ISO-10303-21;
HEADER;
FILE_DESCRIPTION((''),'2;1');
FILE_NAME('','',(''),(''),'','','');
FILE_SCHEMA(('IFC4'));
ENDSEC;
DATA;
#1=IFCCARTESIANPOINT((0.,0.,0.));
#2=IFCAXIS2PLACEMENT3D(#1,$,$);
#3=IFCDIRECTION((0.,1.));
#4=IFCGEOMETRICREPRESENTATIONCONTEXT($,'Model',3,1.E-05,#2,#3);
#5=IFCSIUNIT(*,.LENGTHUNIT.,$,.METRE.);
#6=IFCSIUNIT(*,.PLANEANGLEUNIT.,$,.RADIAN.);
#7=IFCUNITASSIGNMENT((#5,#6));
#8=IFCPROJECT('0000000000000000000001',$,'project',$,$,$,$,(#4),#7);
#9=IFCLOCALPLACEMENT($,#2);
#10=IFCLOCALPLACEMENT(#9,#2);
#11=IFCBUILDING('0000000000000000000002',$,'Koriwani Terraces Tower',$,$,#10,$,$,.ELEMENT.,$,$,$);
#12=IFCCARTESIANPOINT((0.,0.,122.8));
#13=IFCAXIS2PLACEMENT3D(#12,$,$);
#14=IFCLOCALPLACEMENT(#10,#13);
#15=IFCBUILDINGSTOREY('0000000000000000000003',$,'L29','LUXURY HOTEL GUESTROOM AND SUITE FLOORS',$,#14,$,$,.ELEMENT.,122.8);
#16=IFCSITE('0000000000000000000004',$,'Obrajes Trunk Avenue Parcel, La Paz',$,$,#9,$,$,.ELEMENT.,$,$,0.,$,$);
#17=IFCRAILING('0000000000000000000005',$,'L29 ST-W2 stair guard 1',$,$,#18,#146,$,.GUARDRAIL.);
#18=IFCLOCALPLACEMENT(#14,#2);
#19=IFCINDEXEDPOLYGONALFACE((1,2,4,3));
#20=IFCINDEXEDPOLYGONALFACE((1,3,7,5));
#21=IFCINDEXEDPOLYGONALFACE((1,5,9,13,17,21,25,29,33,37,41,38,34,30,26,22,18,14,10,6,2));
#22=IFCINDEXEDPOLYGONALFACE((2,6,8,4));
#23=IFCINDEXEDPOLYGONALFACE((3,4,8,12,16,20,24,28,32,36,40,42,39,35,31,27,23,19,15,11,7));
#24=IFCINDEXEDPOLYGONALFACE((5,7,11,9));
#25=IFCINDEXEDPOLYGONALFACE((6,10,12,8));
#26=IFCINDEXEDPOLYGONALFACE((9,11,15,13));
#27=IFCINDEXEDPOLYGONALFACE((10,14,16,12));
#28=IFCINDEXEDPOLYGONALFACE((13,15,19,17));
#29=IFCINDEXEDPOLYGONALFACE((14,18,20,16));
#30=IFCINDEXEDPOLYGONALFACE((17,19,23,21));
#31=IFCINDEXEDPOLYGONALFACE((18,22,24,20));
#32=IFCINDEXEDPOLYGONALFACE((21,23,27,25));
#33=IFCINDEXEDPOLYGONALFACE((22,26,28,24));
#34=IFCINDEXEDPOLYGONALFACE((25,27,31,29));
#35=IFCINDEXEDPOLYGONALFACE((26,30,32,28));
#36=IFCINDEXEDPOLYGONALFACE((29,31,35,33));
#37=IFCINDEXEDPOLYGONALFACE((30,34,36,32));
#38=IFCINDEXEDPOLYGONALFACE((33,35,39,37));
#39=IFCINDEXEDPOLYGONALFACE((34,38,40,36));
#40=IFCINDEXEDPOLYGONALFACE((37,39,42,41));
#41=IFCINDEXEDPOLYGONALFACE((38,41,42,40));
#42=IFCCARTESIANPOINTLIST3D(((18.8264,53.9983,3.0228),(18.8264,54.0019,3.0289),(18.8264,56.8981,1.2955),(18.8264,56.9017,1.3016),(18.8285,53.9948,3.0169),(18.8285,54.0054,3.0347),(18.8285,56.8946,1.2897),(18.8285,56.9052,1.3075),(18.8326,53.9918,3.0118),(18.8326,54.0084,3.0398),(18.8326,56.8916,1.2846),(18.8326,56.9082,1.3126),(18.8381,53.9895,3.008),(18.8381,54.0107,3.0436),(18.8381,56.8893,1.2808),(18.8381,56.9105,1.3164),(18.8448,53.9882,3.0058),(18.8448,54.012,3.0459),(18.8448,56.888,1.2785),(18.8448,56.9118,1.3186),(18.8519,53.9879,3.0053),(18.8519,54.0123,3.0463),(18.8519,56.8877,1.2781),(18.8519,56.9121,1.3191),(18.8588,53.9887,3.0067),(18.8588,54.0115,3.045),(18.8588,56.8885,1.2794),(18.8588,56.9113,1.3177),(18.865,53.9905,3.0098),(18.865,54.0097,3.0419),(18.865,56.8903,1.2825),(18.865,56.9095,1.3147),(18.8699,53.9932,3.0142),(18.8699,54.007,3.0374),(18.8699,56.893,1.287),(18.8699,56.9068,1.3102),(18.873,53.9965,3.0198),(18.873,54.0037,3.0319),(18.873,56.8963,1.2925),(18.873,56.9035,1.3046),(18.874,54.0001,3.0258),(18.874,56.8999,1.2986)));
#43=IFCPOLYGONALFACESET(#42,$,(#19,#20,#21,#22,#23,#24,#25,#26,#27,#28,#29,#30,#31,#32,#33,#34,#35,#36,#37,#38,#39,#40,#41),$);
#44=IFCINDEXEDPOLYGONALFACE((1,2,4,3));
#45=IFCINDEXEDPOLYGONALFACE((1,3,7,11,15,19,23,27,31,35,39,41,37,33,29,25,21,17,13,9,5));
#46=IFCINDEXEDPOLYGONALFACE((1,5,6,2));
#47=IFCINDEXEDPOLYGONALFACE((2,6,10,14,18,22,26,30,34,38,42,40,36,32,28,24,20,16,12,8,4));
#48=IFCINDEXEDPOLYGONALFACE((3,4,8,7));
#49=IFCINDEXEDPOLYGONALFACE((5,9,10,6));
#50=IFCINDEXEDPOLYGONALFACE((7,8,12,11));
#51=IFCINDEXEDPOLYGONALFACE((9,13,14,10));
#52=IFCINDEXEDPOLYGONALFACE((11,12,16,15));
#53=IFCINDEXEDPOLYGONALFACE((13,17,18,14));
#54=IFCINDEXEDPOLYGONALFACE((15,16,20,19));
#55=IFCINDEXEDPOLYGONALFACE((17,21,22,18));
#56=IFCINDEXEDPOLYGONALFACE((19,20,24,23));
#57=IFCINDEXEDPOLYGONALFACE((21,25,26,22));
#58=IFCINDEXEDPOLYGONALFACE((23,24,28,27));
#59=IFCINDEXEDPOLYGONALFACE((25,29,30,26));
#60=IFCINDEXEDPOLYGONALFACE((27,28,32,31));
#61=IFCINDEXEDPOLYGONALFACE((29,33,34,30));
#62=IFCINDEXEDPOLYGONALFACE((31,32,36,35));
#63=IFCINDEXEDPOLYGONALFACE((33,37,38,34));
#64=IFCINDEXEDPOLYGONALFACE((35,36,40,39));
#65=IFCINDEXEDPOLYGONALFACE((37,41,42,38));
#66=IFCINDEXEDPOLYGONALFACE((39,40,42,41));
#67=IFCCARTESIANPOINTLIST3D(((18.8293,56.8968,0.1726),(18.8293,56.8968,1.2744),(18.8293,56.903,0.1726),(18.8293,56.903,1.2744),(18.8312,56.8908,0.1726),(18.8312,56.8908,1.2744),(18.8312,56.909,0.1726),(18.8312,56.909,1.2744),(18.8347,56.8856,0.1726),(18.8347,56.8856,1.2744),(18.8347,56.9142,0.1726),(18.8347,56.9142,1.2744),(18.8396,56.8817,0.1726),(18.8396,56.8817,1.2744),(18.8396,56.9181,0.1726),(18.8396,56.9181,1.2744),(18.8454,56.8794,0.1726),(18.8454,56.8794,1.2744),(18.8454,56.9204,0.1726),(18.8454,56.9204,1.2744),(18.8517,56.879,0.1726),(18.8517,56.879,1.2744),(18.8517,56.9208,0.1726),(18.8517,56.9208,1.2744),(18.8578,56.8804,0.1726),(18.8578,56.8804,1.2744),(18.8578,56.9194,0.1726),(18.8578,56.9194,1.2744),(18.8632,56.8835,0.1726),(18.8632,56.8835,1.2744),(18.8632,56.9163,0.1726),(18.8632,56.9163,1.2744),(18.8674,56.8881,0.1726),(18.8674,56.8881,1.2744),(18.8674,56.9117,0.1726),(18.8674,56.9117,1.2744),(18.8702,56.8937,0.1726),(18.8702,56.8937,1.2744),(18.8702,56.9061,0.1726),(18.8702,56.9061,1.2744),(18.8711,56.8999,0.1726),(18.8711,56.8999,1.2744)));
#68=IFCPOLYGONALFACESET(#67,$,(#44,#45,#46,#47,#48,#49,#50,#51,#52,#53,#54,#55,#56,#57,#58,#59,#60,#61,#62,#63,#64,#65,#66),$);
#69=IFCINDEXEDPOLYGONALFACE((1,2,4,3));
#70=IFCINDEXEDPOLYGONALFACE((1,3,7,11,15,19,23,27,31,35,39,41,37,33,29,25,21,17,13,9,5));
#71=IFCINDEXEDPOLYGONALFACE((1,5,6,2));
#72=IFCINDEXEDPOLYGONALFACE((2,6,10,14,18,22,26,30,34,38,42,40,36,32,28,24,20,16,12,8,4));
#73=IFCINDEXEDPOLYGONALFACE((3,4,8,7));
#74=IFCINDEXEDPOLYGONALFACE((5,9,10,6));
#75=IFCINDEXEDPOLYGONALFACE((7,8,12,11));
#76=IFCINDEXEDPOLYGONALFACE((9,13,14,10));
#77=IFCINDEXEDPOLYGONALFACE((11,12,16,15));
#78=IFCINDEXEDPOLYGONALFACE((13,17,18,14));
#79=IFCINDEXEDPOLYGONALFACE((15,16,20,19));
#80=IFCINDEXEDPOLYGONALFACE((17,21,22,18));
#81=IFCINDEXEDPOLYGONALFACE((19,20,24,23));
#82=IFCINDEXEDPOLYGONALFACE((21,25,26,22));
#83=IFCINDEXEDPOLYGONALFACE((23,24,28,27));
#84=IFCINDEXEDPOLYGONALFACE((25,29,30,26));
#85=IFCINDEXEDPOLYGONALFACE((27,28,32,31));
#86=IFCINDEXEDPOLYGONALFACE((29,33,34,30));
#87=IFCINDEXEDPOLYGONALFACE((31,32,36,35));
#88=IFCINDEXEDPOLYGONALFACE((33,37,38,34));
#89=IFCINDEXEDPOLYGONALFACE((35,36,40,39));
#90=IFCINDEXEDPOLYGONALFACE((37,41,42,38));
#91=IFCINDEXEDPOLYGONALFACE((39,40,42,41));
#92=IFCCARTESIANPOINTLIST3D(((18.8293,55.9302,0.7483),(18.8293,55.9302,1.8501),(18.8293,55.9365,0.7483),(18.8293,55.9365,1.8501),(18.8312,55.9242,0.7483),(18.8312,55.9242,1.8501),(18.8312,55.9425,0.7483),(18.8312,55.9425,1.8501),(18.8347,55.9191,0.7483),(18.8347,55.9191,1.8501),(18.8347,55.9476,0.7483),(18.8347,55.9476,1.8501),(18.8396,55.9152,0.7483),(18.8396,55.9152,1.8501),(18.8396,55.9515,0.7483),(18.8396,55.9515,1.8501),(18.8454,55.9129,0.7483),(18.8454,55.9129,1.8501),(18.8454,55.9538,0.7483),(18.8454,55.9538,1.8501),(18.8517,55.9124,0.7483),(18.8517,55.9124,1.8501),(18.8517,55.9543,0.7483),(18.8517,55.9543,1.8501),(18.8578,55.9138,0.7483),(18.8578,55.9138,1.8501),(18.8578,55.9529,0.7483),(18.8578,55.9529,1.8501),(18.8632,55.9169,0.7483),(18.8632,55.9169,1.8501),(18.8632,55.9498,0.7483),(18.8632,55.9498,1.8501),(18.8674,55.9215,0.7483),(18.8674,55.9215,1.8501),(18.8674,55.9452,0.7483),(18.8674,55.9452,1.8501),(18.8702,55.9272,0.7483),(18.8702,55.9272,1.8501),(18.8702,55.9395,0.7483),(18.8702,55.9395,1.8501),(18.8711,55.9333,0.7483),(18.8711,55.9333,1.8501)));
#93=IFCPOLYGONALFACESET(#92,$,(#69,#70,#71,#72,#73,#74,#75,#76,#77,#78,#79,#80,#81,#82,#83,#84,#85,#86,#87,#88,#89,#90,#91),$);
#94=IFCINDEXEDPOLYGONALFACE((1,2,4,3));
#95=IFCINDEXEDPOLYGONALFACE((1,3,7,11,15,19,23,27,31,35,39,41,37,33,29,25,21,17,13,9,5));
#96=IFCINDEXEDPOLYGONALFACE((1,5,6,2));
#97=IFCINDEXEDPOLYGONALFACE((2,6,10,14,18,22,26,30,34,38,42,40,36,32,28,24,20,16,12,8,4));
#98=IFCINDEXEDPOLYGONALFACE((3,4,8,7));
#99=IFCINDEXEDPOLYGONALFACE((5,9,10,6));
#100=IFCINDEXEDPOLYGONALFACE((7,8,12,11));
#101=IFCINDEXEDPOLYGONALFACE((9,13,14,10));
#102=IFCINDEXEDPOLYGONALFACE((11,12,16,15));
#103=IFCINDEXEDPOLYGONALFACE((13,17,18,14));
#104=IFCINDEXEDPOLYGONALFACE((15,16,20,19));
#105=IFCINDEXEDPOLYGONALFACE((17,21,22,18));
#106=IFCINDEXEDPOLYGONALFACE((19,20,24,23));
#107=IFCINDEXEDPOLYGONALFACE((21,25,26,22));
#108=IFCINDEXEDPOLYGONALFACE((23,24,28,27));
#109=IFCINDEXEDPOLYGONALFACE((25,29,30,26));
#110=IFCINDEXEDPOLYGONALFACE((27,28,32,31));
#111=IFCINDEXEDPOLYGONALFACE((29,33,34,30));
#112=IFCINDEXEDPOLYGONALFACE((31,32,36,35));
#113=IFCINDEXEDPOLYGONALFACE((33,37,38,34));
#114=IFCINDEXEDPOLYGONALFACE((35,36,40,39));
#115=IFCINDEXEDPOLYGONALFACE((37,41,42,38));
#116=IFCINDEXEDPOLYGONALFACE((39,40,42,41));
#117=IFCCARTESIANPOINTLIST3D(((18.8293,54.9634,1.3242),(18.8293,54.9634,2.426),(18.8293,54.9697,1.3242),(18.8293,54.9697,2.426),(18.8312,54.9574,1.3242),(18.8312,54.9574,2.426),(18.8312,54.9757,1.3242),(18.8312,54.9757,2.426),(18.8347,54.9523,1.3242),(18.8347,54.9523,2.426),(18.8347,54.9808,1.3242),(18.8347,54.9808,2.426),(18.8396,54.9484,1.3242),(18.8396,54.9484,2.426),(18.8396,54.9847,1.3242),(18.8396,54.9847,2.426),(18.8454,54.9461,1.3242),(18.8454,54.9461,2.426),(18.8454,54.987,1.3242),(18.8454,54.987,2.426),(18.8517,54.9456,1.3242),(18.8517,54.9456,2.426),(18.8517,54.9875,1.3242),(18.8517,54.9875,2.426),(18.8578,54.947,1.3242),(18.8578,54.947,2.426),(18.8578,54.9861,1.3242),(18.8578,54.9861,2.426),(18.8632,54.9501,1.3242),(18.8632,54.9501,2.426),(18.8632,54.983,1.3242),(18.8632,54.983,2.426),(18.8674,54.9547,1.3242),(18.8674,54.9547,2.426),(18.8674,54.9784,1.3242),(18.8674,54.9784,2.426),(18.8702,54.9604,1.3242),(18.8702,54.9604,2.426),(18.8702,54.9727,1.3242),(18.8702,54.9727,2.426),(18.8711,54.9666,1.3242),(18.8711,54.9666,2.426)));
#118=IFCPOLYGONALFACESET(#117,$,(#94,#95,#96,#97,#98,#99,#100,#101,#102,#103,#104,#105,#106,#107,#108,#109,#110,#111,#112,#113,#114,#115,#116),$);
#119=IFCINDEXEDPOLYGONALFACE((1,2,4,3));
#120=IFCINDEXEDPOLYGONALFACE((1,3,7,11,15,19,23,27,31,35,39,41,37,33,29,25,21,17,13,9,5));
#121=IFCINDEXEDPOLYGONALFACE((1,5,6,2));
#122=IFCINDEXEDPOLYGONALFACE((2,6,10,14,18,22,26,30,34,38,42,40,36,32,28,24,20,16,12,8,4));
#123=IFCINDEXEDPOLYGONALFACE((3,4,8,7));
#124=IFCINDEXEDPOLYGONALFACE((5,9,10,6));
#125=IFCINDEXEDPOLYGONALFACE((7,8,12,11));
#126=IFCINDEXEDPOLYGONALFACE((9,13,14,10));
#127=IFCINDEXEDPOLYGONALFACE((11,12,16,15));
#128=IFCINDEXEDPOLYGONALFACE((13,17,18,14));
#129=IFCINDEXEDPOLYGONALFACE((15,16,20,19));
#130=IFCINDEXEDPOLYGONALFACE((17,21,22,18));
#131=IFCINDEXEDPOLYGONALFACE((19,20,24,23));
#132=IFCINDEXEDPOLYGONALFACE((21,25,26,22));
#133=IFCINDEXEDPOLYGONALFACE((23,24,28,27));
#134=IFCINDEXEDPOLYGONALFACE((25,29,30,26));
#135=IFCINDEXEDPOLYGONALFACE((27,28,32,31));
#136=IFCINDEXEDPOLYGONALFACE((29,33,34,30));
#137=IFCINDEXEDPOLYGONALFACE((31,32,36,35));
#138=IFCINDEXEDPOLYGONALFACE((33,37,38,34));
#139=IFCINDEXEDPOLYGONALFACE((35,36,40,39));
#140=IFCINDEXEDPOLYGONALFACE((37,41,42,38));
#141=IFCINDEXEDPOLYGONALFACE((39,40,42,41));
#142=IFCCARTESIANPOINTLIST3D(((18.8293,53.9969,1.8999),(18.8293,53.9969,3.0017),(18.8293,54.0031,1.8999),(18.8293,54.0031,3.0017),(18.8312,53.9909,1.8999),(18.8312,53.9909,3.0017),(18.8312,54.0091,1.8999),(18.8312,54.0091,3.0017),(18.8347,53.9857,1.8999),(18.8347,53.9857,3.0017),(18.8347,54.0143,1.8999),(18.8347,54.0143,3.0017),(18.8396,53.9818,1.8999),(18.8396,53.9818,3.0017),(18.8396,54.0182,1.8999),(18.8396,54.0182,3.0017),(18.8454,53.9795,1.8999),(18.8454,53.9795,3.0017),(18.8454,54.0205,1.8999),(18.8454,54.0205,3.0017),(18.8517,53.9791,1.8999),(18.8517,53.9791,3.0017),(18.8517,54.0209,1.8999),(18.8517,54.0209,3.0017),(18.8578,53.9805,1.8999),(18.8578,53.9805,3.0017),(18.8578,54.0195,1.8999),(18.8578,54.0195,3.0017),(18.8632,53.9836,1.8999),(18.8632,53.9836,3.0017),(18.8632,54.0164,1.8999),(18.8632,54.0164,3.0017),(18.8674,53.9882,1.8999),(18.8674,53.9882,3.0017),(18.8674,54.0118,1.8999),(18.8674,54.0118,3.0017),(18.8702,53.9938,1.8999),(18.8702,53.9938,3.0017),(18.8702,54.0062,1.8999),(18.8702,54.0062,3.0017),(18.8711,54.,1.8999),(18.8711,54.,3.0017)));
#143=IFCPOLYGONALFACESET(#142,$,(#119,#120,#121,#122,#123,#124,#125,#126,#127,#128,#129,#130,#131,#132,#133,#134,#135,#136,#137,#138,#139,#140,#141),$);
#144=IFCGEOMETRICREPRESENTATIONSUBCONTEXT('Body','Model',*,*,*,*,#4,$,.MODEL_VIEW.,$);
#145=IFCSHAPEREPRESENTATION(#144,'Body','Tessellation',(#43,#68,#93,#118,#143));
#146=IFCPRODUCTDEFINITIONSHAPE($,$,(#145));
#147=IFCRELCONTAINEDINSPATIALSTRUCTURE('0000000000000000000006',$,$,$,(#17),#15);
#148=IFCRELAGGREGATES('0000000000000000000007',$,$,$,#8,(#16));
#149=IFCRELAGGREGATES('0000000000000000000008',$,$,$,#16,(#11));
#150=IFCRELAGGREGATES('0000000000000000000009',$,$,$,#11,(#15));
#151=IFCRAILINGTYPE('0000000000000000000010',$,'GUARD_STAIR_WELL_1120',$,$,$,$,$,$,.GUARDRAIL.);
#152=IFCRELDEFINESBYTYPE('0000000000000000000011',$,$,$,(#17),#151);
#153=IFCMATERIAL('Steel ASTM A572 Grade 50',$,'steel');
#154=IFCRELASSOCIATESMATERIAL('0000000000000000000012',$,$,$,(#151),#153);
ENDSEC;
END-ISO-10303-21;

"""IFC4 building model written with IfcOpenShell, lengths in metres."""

from ifc_helpers import new_model, si_unit, direction, frame, origin, origin_2d, place, context, subcontext, project, spatial, circle, extrude, material, type_object, element, save


model = new_model("IFC4")

# Units and contexts
model_context = context("Model", 3, precision=1e-05, world=origin(), true_north=direction((0.0, 1.0)))
body_context = subcontext(model_context, "Body", "Model", "MODEL_VIEW")
ifc_project = project(units=[si_unit("LENGTHUNIT", "METRE"), si_unit("PLANEANGLEUNIT", "RADIAN")], contexts=[model_context])

# Site, building, storey
site_placement = place(None, origin())
site = spatial("IfcSite", under=ifc_project, at=site_placement, Name="Obrajes Trunk Avenue Parcel, La Paz", CompositionType="ELEMENT", RefElevation=0.0)
building_placement = place(site_placement, origin())
building = spatial("IfcBuilding", under=site, at=building_placement, Name="Koriwani Terraces Tower", CompositionType="ELEMENT")
storey_placement = place(building_placement, frame((0.0, 0.0, 122.8)))
storey = spatial("IfcBuildingStorey", under=building, at=storey_placement, Name="L29", Description="LUXURY HOTEL GUESTROOM AND SUITE FLOORS", CompositionType="ELEMENT", Elevation=122.8)

# Shared definitions
ifc_material_1 = material(Name="Steel ASTM A572 Grade 50", Category="steel")

# Railing
railing_type = type_object("IfcRailingType", Name="GUARD_STAIR_WELL_1120", PredefinedType="GUARDRAIL", material=ifc_material_1)
railing_1_placement = place(storey_placement, frame((18.8501, 56.8999, 0.1726)))
element("IfcRailing", 1, at=railing_1_placement, inside=storey, type_object=railing_type, Name="L29 ST-W2 stair guard 1", PredefinedType="GUARDRAIL", context=body_context, shape_type="SweptSolid", body=[
    extrude(circle(Radius=0.0239, at=origin_2d()), frame((0.0, 0.0, 1.126), z_axis=(0.0, -0.859141, 0.511738), x_axis=(1.0, 0.0, 0.0)), (0.0, 0.0, 1.0), 3.3752),
    extrude(circle(Radius=0.021, at=origin_2d()), origin(), (0.0, 0.0, 1.0), 1.1018),
    extrude(circle(Radius=0.021, at=origin_2d()), frame((0.0, -0.9666, 0.5757)), (0.0, 0.0, 1.0), 1.1018),
    extrude(circle(Radius=0.021, at=origin_2d()), frame((0.0, -1.9333, 1.1516)), (0.0, 0.0, 1.0), 1.1018),
    extrude(circle(Radius=0.021, at=origin_2d()), frame((0.0, -2.8999, 1.7273)), (0.0, 0.0, 1.0), 1.1018),
])

save(model, "model.ifc")
